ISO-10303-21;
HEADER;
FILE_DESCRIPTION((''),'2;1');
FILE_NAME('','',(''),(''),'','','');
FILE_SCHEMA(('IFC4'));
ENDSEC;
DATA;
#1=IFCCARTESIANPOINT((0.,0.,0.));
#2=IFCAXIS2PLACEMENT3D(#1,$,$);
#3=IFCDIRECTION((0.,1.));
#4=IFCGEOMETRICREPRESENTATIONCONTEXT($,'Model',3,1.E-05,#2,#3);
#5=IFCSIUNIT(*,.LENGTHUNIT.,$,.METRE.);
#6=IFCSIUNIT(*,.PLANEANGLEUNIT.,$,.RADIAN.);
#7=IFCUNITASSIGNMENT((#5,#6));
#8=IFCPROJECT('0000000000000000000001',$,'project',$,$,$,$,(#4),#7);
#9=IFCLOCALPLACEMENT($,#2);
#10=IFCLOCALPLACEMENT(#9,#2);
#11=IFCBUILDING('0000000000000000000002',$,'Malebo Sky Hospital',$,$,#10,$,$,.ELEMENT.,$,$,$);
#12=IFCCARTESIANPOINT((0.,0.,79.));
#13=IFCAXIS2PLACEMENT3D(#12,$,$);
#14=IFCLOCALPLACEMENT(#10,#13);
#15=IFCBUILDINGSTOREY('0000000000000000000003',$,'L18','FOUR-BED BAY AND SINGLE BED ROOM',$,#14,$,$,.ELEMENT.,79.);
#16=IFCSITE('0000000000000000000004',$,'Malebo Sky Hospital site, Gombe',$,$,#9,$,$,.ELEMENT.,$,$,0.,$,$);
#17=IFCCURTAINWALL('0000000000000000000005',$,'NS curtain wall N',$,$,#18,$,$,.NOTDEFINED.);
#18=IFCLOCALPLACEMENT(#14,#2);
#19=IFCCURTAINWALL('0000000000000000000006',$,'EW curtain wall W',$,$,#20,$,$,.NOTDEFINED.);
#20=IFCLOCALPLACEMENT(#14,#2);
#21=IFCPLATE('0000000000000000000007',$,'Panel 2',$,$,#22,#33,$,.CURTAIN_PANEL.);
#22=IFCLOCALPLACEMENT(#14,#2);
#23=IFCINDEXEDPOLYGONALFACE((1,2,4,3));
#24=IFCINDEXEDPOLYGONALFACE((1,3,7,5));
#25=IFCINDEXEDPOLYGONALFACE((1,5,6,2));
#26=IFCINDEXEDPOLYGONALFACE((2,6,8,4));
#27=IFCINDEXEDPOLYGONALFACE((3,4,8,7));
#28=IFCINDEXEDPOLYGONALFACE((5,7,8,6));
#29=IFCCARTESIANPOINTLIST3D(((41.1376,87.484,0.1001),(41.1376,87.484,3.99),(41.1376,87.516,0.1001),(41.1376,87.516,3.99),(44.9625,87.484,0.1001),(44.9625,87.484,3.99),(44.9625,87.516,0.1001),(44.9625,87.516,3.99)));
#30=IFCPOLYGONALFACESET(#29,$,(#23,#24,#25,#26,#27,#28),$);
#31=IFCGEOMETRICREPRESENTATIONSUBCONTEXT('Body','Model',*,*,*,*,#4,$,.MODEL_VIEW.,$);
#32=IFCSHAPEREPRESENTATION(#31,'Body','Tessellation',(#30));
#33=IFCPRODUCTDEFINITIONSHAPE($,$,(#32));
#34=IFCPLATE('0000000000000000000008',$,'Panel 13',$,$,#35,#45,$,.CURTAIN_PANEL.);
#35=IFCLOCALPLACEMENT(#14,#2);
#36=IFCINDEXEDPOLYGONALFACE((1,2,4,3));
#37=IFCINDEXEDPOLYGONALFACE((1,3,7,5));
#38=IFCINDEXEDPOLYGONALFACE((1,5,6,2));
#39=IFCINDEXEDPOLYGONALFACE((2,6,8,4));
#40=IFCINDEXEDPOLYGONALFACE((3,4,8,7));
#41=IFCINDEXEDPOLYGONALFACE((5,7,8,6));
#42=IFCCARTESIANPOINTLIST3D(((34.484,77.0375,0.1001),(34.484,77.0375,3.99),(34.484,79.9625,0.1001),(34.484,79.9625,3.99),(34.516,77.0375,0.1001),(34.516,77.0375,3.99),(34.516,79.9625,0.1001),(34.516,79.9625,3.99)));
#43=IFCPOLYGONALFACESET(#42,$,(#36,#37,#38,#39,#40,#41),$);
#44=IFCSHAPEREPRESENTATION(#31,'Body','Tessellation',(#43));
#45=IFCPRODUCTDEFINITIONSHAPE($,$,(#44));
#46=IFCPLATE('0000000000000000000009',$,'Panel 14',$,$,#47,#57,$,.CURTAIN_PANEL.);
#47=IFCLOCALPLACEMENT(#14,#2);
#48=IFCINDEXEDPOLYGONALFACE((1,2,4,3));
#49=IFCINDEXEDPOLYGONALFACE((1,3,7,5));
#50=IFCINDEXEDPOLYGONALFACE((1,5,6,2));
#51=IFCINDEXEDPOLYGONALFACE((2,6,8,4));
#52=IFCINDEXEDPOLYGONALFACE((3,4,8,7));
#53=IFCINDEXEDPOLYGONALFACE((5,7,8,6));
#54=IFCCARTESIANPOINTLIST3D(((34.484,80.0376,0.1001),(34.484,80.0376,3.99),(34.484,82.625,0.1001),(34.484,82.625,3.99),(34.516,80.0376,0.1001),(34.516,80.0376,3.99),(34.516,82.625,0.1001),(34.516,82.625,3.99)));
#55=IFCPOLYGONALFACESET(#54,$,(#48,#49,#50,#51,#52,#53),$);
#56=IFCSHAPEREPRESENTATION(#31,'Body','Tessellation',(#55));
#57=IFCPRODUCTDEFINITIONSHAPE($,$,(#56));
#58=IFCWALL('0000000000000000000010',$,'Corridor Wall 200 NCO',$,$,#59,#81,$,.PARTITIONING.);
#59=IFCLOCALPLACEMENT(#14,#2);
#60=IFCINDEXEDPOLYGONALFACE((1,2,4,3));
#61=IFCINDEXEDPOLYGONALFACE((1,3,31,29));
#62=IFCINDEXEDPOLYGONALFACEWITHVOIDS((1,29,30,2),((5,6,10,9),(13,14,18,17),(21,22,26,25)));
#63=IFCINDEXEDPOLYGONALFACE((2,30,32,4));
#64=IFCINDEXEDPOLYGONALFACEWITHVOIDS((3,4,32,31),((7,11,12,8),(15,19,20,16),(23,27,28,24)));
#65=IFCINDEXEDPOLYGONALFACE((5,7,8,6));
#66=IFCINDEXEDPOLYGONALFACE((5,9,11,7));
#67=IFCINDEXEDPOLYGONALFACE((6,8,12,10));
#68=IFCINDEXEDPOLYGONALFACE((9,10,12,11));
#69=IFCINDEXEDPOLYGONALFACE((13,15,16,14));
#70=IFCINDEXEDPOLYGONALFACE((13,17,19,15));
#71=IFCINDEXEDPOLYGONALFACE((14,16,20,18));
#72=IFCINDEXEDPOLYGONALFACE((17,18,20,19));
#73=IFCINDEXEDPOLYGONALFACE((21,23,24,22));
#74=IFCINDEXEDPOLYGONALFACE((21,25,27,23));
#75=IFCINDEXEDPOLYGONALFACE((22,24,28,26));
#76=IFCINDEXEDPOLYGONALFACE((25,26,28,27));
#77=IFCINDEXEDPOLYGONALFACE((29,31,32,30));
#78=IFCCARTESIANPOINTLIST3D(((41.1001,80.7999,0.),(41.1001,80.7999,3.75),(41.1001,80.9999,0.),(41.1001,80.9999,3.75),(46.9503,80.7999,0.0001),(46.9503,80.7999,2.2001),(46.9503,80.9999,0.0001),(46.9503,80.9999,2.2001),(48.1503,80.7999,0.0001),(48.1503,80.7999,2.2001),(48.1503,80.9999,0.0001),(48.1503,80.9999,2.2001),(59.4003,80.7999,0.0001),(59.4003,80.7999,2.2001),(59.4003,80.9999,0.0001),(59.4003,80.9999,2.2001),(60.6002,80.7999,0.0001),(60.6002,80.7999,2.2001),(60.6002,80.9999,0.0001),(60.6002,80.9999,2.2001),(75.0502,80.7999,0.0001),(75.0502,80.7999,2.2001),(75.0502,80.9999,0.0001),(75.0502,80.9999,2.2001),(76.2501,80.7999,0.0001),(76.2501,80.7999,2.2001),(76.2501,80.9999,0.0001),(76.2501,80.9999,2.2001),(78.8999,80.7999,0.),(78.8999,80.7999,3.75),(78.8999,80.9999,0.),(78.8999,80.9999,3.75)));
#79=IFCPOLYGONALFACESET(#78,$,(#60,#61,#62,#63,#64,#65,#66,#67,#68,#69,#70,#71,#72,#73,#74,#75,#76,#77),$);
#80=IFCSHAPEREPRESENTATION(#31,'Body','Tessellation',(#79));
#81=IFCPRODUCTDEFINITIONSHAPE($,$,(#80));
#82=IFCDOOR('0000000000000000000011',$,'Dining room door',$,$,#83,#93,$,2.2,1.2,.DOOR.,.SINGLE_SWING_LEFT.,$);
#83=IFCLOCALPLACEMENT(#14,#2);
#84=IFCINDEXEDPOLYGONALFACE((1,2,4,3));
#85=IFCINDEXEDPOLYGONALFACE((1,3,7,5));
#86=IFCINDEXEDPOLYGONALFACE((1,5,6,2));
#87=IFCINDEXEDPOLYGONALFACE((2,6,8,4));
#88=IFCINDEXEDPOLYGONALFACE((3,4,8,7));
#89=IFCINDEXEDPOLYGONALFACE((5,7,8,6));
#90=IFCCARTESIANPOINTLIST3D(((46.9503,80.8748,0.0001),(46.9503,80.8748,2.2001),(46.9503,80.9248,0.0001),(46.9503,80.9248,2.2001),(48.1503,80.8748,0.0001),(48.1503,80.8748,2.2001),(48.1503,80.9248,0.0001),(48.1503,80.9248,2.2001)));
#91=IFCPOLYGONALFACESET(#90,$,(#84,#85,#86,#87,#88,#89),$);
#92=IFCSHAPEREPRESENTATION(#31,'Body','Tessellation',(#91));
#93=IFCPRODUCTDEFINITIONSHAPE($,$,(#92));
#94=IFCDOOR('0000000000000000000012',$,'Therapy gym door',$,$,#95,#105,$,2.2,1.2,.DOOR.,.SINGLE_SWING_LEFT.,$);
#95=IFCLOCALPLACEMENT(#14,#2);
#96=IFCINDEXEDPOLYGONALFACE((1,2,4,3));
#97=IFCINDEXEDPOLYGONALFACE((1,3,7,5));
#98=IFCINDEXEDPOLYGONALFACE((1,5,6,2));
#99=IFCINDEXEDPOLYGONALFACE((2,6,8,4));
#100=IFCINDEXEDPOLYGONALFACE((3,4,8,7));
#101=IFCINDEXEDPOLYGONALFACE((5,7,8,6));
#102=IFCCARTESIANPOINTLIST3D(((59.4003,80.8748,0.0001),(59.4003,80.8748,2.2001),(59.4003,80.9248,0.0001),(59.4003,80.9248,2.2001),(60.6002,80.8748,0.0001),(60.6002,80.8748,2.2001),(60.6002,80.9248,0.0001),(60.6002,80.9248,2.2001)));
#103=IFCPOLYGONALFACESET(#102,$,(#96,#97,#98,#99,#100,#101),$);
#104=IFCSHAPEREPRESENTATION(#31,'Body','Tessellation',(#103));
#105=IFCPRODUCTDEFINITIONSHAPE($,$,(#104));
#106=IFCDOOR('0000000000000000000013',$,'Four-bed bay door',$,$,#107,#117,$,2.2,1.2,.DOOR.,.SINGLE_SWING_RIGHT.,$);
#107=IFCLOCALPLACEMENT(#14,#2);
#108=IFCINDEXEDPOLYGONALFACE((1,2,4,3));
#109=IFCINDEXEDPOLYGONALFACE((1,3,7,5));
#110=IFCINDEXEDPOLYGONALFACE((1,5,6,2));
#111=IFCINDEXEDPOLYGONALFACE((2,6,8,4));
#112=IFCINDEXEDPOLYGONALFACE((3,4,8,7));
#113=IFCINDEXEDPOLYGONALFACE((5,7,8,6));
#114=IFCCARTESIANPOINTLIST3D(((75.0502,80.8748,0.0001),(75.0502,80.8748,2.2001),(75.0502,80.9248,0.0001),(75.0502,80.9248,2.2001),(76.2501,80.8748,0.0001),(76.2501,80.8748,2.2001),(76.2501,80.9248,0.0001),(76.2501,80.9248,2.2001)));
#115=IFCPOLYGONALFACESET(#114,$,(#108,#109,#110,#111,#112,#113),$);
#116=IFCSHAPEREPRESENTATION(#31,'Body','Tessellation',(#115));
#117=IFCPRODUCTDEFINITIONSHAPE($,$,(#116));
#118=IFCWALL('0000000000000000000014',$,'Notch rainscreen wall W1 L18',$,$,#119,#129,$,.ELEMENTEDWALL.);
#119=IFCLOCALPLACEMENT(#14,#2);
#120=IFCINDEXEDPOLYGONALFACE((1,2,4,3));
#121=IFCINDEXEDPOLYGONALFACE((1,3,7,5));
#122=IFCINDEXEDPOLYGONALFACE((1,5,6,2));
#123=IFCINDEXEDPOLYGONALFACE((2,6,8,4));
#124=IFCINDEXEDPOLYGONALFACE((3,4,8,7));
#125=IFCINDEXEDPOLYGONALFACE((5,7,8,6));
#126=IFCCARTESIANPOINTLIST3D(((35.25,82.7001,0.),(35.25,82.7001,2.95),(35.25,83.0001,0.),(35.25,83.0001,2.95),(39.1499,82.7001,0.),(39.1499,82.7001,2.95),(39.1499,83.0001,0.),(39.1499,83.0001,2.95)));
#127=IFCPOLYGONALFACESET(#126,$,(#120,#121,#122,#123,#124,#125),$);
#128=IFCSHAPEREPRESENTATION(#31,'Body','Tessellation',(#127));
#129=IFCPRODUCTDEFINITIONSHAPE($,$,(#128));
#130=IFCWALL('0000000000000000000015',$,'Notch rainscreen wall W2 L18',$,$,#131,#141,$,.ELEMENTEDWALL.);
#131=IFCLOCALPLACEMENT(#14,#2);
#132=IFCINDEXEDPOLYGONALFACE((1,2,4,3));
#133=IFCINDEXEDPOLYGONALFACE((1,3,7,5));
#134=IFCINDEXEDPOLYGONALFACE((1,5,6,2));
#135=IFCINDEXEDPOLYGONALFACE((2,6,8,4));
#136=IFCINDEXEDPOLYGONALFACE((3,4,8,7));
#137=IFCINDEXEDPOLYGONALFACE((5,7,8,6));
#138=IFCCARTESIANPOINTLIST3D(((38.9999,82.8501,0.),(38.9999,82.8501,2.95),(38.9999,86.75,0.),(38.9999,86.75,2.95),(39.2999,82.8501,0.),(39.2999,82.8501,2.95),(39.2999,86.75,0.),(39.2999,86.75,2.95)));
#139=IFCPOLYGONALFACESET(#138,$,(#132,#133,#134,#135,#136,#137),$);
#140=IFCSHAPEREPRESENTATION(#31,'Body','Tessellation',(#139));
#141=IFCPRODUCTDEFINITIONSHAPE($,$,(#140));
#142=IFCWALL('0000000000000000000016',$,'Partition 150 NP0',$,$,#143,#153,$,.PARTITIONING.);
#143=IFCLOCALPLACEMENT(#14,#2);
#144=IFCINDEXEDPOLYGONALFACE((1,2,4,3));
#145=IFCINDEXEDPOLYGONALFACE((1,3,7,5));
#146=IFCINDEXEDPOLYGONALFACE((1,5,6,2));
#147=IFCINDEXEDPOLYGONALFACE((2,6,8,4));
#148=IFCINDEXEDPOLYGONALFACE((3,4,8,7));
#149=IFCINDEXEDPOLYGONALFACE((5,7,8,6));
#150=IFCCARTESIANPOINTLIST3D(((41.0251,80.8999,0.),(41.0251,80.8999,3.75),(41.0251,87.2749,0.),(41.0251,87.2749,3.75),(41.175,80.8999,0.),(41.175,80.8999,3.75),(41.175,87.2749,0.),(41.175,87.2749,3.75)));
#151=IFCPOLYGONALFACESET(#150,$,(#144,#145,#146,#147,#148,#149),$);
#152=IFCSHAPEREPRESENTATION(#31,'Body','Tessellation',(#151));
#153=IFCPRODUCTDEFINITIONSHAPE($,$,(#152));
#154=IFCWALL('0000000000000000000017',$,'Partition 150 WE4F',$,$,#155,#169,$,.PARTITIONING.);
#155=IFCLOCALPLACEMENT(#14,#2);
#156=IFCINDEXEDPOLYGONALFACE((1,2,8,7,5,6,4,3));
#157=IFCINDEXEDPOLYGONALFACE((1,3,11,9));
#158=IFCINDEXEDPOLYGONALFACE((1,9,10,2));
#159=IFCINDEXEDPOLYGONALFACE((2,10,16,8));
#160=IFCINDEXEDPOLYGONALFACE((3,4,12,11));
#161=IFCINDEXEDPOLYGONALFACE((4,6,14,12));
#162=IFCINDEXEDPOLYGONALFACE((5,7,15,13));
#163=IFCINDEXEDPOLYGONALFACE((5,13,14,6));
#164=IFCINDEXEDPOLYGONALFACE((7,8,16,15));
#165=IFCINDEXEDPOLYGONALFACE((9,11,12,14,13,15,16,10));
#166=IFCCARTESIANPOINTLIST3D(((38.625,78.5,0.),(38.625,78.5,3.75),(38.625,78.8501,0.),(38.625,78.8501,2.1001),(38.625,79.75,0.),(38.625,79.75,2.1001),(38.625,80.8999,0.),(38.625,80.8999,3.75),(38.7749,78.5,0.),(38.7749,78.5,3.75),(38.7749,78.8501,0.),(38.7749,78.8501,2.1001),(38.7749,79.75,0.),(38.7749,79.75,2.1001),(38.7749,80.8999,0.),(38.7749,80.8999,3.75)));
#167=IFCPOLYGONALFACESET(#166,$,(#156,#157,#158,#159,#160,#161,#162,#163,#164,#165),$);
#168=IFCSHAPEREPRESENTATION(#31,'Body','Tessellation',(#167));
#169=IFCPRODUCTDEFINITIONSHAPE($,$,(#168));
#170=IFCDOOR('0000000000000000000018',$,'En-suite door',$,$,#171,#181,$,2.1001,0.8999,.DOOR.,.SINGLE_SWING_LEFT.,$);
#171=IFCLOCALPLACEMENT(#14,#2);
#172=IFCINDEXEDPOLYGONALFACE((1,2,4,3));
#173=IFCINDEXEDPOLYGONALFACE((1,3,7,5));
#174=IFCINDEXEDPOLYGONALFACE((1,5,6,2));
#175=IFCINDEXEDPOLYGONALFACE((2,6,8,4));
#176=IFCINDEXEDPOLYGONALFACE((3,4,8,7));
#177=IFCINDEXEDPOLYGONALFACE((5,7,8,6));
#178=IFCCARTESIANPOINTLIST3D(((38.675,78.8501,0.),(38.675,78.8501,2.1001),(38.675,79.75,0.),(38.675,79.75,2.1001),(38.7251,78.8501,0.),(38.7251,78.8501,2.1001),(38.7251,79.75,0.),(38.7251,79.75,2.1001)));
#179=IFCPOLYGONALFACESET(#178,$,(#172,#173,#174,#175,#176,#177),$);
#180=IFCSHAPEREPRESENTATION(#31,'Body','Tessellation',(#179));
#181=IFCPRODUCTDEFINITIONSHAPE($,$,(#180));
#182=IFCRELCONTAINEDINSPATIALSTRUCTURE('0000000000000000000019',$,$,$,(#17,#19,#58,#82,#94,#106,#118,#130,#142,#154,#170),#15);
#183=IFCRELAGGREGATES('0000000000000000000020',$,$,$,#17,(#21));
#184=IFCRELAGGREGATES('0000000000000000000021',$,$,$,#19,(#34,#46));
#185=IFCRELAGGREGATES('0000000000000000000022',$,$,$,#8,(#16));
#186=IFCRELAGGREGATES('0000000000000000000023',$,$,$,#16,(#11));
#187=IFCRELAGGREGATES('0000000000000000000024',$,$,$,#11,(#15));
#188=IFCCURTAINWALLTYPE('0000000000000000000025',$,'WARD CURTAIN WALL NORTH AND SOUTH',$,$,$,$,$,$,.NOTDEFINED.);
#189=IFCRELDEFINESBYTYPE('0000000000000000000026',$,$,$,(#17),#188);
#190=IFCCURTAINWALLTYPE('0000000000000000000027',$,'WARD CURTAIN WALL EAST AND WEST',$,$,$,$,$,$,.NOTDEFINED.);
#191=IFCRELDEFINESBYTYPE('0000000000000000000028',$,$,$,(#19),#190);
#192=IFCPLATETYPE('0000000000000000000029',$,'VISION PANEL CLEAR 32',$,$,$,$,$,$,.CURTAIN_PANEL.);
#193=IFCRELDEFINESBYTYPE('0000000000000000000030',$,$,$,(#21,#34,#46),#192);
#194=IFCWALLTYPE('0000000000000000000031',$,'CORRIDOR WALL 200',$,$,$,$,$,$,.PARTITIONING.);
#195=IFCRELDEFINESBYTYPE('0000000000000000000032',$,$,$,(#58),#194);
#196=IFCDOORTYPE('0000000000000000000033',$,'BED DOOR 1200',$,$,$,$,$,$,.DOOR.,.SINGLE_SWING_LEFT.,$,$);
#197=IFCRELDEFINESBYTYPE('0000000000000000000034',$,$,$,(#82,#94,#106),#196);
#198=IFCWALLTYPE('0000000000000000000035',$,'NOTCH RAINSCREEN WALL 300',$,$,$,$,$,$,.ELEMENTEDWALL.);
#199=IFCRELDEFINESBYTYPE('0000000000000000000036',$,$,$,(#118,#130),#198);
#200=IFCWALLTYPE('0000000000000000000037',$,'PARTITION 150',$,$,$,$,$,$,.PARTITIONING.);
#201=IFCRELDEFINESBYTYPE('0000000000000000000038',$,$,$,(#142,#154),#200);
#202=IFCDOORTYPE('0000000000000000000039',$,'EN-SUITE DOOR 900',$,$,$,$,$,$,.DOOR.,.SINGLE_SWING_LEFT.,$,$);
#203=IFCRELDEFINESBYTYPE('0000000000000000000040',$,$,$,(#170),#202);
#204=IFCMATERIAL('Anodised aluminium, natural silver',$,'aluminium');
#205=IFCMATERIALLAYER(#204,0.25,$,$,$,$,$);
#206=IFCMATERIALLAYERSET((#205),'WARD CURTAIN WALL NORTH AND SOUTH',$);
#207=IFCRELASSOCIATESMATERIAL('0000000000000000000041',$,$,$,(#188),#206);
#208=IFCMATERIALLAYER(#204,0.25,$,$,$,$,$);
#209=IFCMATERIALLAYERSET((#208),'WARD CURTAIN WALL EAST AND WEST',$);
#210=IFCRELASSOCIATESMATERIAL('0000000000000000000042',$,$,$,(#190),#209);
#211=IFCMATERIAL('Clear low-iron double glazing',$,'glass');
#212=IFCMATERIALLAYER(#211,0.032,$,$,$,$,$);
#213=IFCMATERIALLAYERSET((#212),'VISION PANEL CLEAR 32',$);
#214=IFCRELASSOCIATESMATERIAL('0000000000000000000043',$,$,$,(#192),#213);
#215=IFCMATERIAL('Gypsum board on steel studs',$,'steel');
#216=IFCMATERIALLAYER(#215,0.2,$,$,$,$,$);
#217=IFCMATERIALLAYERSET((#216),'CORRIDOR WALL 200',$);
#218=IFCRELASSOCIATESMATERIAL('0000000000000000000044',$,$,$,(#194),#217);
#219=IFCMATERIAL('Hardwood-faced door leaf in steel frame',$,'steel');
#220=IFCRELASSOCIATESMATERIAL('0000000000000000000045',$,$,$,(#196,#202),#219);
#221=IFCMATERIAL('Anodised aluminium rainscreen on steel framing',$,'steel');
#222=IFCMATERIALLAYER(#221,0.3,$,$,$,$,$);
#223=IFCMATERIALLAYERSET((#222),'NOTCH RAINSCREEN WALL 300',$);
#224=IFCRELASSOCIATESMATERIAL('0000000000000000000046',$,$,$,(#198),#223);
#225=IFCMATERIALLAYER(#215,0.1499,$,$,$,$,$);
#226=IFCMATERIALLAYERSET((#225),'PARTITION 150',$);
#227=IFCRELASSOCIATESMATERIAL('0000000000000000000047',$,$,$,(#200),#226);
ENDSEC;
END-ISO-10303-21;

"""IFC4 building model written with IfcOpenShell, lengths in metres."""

from ifc_helpers import new_model, si_unit, direction, frame, frame_2d, origin, origin_2d, place, context, subcontext, project, spatial, rectangle, extrude, material, layer, layer_set, type_object, element, fill, aggregate, save


model = new_model("IFC4")

# Units and contexts
model_context = context("Model", 3, precision=1e-05, world=origin(), true_north=direction((0.0, 1.0)))
body_context = subcontext(model_context, "Body", "Model", "MODEL_VIEW")
ifc_project = project(units=[si_unit("LENGTHUNIT", "METRE"), si_unit("PLANEANGLEUNIT", "RADIAN")], contexts=[model_context])

# Site, building, storey
site_placement = place(None, origin())
site = spatial("IfcSite", under=ifc_project, at=site_placement, Name="Malebo Sky Hospital site, Gombe", CompositionType="ELEMENT", RefElevation=0.0)
building_placement = place(site_placement, origin())
building = spatial("IfcBuilding", under=site, at=building_placement, Name="Malebo Sky Hospital", CompositionType="ELEMENT")
storey_placement = place(building_placement, frame((0.0, 0.0, 79.0)))
storey = spatial("IfcBuildingStorey", under=building, at=storey_placement, Name="L18", Description="FOUR-BED BAY AND SINGLE BED ROOM", CompositionType="ELEMENT", Elevation=79.0)

# Curtain walls
ifc_material_1 = material(Name="Anodised aluminium, natural silver", Category="aluminium")
ifc_layer_1 = layer(ifc_material_1, 0.25)
ifc_layer_set_1 = layer_set([ifc_layer_1], Name="WARD CURTAIN WALL NORTH AND SOUTH")
curtain_wall_type_1 = type_object("IfcCurtainWallType", Name="WARD CURTAIN WALL NORTH AND SOUTH", PredefinedType="NOTDEFINED", material=ifc_layer_set_1)
curtain_wall_1_placement = place(storey_placement, origin())
curtain_wall_1 = element("IfcCurtainWall", 1, at=curtain_wall_1_placement, inside=storey, type_object=curtain_wall_type_1, Name="NS curtain wall N", PredefinedType="NOTDEFINED")
ifc_layer_2 = layer(ifc_material_1, 0.25)
ifc_layer_set_2 = layer_set([ifc_layer_2], Name="WARD CURTAIN WALL EAST AND WEST")
curtain_wall_type_2 = type_object("IfcCurtainWallType", Name="WARD CURTAIN WALL EAST AND WEST", PredefinedType="NOTDEFINED", material=ifc_layer_set_2)
curtain_wall_2_placement = place(storey_placement, origin())
curtain_wall_2 = element("IfcCurtainWall", 2, at=curtain_wall_2_placement, inside=storey, type_object=curtain_wall_type_2, Name="EW curtain wall W", PredefinedType="NOTDEFINED")

# Plates
ifc_material_2 = material(Name="Clear low-iron double glazing", Category="glass")
ifc_layer_3 = layer(ifc_material_2, 0.032)
ifc_layer_set_3 = layer_set([ifc_layer_3], Name="VISION PANEL CLEAR 32")
plate_type = type_object("IfcPlateType", Name="VISION PANEL CLEAR 32", PredefinedType="CURTAIN_PANEL", material=ifc_layer_set_3)
plate_1_placement = place(storey_placement, frame((43.05, 87.5, 0.1001), z_axis=(0.0, 0.0, 1.0), x_axis=(1.0, 0.0, 0.0)))
plate_1 = element("IfcPlate", 3, at=plate_1_placement, type_object=plate_type, Name="Panel 2", PredefinedType="CURTAIN_PANEL", context=body_context, shape_type="SweptSolid", body=[
    extrude(rectangle(XDim=3.825, YDim=0.032, at=origin_2d()), origin(), (0.0, 0.0, 1.0), 3.8899),
])
aggregate(curtain_wall_1, [plate_1])
plate_2_placement = place(storey_placement, frame((34.5, 78.5, 0.1001), z_axis=(0.0, 0.0, 1.0), x_axis=(0.0, 1.0, 0.0)))
plate_2 = element("IfcPlate", 4, at=plate_2_placement, type_object=plate_type, Name="Panel 13", PredefinedType="CURTAIN_PANEL", context=body_context, shape_type="SweptSolid", body=[
    extrude(rectangle(XDim=2.925, YDim=0.032, at=origin_2d()), origin(), (0.0, 0.0, 1.0), 3.8899),
])
plate_3_placement = place(storey_placement, frame((34.5, 81.3313, 0.1001), z_axis=(0.0, 0.0, 1.0), x_axis=(0.0, 1.0, 0.0)))
plate_3 = element("IfcPlate", 5, at=plate_3_placement, type_object=plate_type, Name="Panel 14", PredefinedType="CURTAIN_PANEL", context=body_context, shape_type="SweptSolid", body=[
    extrude(rectangle(XDim=2.5874, YDim=0.032, at=origin_2d()), origin(), (0.0, 0.0, 1.0), 3.8899),
])
aggregate(curtain_wall_2, [plate_2, plate_3])

# Wall, openings, doors
ifc_material_3 = material(Name="Gypsum board on steel studs", Category="steel")
ifc_layer_4 = layer(ifc_material_3, 0.2)
ifc_layer_set_4 = layer_set([ifc_layer_4], Name="CORRIDOR WALL 200")
wall_type_1 = type_object("IfcWallType", Name="CORRIDOR WALL 200", PredefinedType="PARTITIONING", material=ifc_layer_set_4)
wall_1_placement = place(storey_placement, frame((41.1001, 80.8999, 0.0), z_axis=(0.0, 0.0, 1.0), x_axis=(1.0, 0.0, 0.0)))
wall_1 = element("IfcWall", 6, at=wall_1_placement, inside=storey, type_object=wall_type_1, Name="Corridor Wall 200 NCO", PredefinedType="PARTITIONING", context=body_context, shape_type="SweptSolid", body=[
    extrude(rectangle(XDim=37.7998, YDim=0.2, at=frame_2d((18.8999, 0.0))), origin(), (0.0, 0.0, 1.0), 3.75),
])
opening_1_placement = place(wall_1_placement, frame((5.8501, 0.0, 0.0)))
opening_1 = element("IfcOpeningElement", 7, at=opening_1_placement, cuts=wall_1, PredefinedType="OPENING", context=body_context, shape_type="SweptSolid", body=[
    extrude(rectangle(XDim=1.2, YDim=2.2, at=frame_2d((0.6001, 1.1001))), frame((0.0, 0.1099, 0.0), z_axis=(0.0, -1.0, 0.0), x_axis=(1.0, 0.0, 0.0)), (0.0, 0.0, 1.0), 0.22),
])
opening_2_placement = place(wall_1_placement, frame((18.3, 0.0, 0.0)))
opening_2 = element("IfcOpeningElement", 8, at=opening_2_placement, cuts=wall_1, PredefinedType="OPENING", context=body_context, shape_type="SweptSolid", body=[
    extrude(rectangle(XDim=1.2, YDim=2.2, at=frame_2d((0.6001, 1.1001))), frame((0.0, 0.1099, 0.0), z_axis=(0.0, -1.0, 0.0), x_axis=(1.0, 0.0, 0.0)), (0.0, 0.0, 1.0), 0.22),
])
opening_3_placement = place(wall_1_placement, frame((33.95, 0.0, 0.0)))
opening_3 = element("IfcOpeningElement", 9, at=opening_3_placement, cuts=wall_1, PredefinedType="OPENING", context=body_context, shape_type="SweptSolid", body=[
    extrude(rectangle(XDim=1.2, YDim=2.2, at=frame_2d((0.6001, 1.1001))), frame((0.0, 0.1099, 0.0), z_axis=(0.0, -1.0, 0.0), x_axis=(1.0, 0.0, 0.0)), (0.0, 0.0, 1.0), 0.22),
])
ifc_material_4 = material(Name="Hardwood-faced door leaf in steel frame", Category="steel")
door_type_1 = type_object("IfcDoorType", Name="BED DOOR 1200", OperationType="SINGLE_SWING_LEFT", PredefinedType="DOOR", material=ifc_material_4)
door_1_placement = place(opening_1_placement, origin())
door_1 = element("IfcDoor", 10, at=door_1_placement, inside=storey, type_object=door_type_1, Name="Dining room door", OperationType="SINGLE_SWING_LEFT", OverallHeight=2.2, OverallWidth=1.2, PredefinedType="DOOR", context=body_context, shape_type="SweptSolid", body=[
    extrude(rectangle(XDim=1.2, YDim=2.2, at=frame_2d((0.6001, 1.1001))), frame((0.0, 0.0249, 0.0), z_axis=(0.0, -1.0, 0.0), x_axis=(1.0, 0.0, 0.0)), (0.0, 0.0, 1.0), 0.05),
])
fill(opening_1, door_1)
door_2_placement = place(opening_2_placement, origin())
door_2 = element("IfcDoor", 11, at=door_2_placement, inside=storey, type_object=door_type_1, Name="Therapy gym door", OperationType="SINGLE_SWING_LEFT", OverallHeight=2.2, OverallWidth=1.2, PredefinedType="DOOR", context=body_context, shape_type="SweptSolid", body=[
    extrude(rectangle(XDim=1.2, YDim=2.2, at=frame_2d((0.6001, 1.1001))), frame((0.0, 0.0249, 0.0), z_axis=(0.0, -1.0, 0.0), x_axis=(1.0, 0.0, 0.0)), (0.0, 0.0, 1.0), 0.05),
])
fill(opening_2, door_2)
door_3_placement = place(opening_3_placement, origin())
door_3 = element("IfcDoor", 12, at=door_3_placement, inside=storey, type_object=door_type_1, Name="Four-bed bay door", OperationType="SINGLE_SWING_RIGHT", OverallHeight=2.2, OverallWidth=1.2, PredefinedType="DOOR", context=body_context, shape_type="SweptSolid", body=[
    extrude(rectangle(XDim=1.2, YDim=2.2, at=frame_2d((0.6001, 1.1001))), frame((0.0, 0.0249, 0.0), z_axis=(0.0, -1.0, 0.0), x_axis=(1.0, 0.0, 0.0)), (0.0, 0.0, 1.0), 0.05),
])
fill(opening_3, door_3)

# Walls
ifc_material_5 = material(Name="Anodised aluminium rainscreen on steel framing", Category="steel")
ifc_layer_5 = layer(ifc_material_5, 0.3)
ifc_layer_set_5 = layer_set([ifc_layer_5], Name="NOTCH RAINSCREEN WALL 300")
wall_type_2 = type_object("IfcWallType", Name="NOTCH RAINSCREEN WALL 300", PredefinedType="ELEMENTEDWALL", material=ifc_layer_set_5)
for number, where, z_axis, x_axis, name in (
    (13, (35.25, 82.8501, 0.0), (0.0, 0.0, 1.0), (1.0, 0.0, 0.0), "Notch rainscreen wall W1 L18"),
    (14, (39.1499, 82.8501, 0.0), (0.0, 0.0, 1.0), (0.0, 1.0, 0.0), "Notch rainscreen wall W2 L18"),
):
    element("IfcWall", number, at=place(storey_placement, frame(where, z_axis=z_axis, x_axis=x_axis)), inside=storey, type_object=wall_type_2, Name=name, PredefinedType="ELEMENTEDWALL", context=body_context, shape_type="SweptSolid", body=[
        extrude(rectangle(XDim=3.8999, YDim=0.3, at=frame_2d((1.95, 0.0))), origin(), (0.0, 0.0, 1.0), 2.95),
    ])
ifc_layer_6 = layer(ifc_material_3, 0.1499)
ifc_layer_set_6 = layer_set([ifc_layer_6], Name="PARTITION 150")
wall_type_3 = type_object("IfcWallType", Name="PARTITION 150", PredefinedType="PARTITIONING", material=ifc_layer_set_6)
wall_2_placement = place(storey_placement, frame((41.1001, 80.8999, 0.0), z_axis=(0.0, 0.0, 1.0), x_axis=(0.0, 1.0, 0.0)))
element("IfcWall", 15, at=wall_2_placement, inside=storey, type_object=wall_type_3, Name="Partition 150 NP0", PredefinedType="PARTITIONING", context=body_context, shape_type="SweptSolid", body=[
    extrude(rectangle(XDim=6.375, YDim=0.1499, at=frame_2d((3.1875, 0.0))), origin(), (0.0, 0.0, 1.0), 3.75),
])

# Wall, opening, door
wall_3_placement = place(storey_placement, frame((38.7, 78.5, 0.0), z_axis=(0.0, 0.0, 1.0), x_axis=(0.0, 1.0, 0.0)))
wall_3 = element("IfcWall", 16, at=wall_3_placement, inside=storey, type_object=wall_type_3, Name="Partition 150 WE4F", PredefinedType="PARTITIONING", context=body_context, shape_type="SweptSolid", body=[
    extrude(rectangle(XDim=2.3999, YDim=0.1499, at=frame_2d((1.2, 0.0))), origin(), (0.0, 0.0, 1.0), 3.75),
])
opening_4_placement = place(wall_3_placement, frame((0.3501, 0.0, 0.0)))
opening_4 = element("IfcOpeningElement", 17, at=opening_4_placement, cuts=wall_3, PredefinedType="OPENING", context=body_context, shape_type="SweptSolid", body=[
    extrude(rectangle(XDim=0.8999, YDim=2.1001, at=frame_2d((0.45, 1.05))), frame((0.0, 0.085, 0.0), z_axis=(0.0, -1.0, 0.0), x_axis=(1.0, 0.0, 0.0)), (0.0, 0.0, 1.0), 0.1699),
])
door_type_2 = type_object("IfcDoorType", Name="EN-SUITE DOOR 900", OperationType="SINGLE_SWING_LEFT", PredefinedType="DOOR", material=ifc_material_4)
door_4_placement = place(opening_4_placement, origin())
door_4 = element("IfcDoor", 18, at=door_4_placement, inside=storey, type_object=door_type_2, Name="En-suite door", OperationType="SINGLE_SWING_LEFT", OverallHeight=2.1001, OverallWidth=0.8999, PredefinedType="DOOR", context=body_context, shape_type="SweptSolid", body=[
    extrude(rectangle(XDim=0.8999, YDim=2.1001, at=frame_2d((0.45, 1.05))), frame((0.0, 0.0249, 0.0), z_axis=(0.0, -1.0, 0.0), x_axis=(1.0, 0.0, 0.0)), (0.0, 0.0, 1.0), 0.05),
])
fill(opening_4, door_4)

save(model, "model.ifc")
